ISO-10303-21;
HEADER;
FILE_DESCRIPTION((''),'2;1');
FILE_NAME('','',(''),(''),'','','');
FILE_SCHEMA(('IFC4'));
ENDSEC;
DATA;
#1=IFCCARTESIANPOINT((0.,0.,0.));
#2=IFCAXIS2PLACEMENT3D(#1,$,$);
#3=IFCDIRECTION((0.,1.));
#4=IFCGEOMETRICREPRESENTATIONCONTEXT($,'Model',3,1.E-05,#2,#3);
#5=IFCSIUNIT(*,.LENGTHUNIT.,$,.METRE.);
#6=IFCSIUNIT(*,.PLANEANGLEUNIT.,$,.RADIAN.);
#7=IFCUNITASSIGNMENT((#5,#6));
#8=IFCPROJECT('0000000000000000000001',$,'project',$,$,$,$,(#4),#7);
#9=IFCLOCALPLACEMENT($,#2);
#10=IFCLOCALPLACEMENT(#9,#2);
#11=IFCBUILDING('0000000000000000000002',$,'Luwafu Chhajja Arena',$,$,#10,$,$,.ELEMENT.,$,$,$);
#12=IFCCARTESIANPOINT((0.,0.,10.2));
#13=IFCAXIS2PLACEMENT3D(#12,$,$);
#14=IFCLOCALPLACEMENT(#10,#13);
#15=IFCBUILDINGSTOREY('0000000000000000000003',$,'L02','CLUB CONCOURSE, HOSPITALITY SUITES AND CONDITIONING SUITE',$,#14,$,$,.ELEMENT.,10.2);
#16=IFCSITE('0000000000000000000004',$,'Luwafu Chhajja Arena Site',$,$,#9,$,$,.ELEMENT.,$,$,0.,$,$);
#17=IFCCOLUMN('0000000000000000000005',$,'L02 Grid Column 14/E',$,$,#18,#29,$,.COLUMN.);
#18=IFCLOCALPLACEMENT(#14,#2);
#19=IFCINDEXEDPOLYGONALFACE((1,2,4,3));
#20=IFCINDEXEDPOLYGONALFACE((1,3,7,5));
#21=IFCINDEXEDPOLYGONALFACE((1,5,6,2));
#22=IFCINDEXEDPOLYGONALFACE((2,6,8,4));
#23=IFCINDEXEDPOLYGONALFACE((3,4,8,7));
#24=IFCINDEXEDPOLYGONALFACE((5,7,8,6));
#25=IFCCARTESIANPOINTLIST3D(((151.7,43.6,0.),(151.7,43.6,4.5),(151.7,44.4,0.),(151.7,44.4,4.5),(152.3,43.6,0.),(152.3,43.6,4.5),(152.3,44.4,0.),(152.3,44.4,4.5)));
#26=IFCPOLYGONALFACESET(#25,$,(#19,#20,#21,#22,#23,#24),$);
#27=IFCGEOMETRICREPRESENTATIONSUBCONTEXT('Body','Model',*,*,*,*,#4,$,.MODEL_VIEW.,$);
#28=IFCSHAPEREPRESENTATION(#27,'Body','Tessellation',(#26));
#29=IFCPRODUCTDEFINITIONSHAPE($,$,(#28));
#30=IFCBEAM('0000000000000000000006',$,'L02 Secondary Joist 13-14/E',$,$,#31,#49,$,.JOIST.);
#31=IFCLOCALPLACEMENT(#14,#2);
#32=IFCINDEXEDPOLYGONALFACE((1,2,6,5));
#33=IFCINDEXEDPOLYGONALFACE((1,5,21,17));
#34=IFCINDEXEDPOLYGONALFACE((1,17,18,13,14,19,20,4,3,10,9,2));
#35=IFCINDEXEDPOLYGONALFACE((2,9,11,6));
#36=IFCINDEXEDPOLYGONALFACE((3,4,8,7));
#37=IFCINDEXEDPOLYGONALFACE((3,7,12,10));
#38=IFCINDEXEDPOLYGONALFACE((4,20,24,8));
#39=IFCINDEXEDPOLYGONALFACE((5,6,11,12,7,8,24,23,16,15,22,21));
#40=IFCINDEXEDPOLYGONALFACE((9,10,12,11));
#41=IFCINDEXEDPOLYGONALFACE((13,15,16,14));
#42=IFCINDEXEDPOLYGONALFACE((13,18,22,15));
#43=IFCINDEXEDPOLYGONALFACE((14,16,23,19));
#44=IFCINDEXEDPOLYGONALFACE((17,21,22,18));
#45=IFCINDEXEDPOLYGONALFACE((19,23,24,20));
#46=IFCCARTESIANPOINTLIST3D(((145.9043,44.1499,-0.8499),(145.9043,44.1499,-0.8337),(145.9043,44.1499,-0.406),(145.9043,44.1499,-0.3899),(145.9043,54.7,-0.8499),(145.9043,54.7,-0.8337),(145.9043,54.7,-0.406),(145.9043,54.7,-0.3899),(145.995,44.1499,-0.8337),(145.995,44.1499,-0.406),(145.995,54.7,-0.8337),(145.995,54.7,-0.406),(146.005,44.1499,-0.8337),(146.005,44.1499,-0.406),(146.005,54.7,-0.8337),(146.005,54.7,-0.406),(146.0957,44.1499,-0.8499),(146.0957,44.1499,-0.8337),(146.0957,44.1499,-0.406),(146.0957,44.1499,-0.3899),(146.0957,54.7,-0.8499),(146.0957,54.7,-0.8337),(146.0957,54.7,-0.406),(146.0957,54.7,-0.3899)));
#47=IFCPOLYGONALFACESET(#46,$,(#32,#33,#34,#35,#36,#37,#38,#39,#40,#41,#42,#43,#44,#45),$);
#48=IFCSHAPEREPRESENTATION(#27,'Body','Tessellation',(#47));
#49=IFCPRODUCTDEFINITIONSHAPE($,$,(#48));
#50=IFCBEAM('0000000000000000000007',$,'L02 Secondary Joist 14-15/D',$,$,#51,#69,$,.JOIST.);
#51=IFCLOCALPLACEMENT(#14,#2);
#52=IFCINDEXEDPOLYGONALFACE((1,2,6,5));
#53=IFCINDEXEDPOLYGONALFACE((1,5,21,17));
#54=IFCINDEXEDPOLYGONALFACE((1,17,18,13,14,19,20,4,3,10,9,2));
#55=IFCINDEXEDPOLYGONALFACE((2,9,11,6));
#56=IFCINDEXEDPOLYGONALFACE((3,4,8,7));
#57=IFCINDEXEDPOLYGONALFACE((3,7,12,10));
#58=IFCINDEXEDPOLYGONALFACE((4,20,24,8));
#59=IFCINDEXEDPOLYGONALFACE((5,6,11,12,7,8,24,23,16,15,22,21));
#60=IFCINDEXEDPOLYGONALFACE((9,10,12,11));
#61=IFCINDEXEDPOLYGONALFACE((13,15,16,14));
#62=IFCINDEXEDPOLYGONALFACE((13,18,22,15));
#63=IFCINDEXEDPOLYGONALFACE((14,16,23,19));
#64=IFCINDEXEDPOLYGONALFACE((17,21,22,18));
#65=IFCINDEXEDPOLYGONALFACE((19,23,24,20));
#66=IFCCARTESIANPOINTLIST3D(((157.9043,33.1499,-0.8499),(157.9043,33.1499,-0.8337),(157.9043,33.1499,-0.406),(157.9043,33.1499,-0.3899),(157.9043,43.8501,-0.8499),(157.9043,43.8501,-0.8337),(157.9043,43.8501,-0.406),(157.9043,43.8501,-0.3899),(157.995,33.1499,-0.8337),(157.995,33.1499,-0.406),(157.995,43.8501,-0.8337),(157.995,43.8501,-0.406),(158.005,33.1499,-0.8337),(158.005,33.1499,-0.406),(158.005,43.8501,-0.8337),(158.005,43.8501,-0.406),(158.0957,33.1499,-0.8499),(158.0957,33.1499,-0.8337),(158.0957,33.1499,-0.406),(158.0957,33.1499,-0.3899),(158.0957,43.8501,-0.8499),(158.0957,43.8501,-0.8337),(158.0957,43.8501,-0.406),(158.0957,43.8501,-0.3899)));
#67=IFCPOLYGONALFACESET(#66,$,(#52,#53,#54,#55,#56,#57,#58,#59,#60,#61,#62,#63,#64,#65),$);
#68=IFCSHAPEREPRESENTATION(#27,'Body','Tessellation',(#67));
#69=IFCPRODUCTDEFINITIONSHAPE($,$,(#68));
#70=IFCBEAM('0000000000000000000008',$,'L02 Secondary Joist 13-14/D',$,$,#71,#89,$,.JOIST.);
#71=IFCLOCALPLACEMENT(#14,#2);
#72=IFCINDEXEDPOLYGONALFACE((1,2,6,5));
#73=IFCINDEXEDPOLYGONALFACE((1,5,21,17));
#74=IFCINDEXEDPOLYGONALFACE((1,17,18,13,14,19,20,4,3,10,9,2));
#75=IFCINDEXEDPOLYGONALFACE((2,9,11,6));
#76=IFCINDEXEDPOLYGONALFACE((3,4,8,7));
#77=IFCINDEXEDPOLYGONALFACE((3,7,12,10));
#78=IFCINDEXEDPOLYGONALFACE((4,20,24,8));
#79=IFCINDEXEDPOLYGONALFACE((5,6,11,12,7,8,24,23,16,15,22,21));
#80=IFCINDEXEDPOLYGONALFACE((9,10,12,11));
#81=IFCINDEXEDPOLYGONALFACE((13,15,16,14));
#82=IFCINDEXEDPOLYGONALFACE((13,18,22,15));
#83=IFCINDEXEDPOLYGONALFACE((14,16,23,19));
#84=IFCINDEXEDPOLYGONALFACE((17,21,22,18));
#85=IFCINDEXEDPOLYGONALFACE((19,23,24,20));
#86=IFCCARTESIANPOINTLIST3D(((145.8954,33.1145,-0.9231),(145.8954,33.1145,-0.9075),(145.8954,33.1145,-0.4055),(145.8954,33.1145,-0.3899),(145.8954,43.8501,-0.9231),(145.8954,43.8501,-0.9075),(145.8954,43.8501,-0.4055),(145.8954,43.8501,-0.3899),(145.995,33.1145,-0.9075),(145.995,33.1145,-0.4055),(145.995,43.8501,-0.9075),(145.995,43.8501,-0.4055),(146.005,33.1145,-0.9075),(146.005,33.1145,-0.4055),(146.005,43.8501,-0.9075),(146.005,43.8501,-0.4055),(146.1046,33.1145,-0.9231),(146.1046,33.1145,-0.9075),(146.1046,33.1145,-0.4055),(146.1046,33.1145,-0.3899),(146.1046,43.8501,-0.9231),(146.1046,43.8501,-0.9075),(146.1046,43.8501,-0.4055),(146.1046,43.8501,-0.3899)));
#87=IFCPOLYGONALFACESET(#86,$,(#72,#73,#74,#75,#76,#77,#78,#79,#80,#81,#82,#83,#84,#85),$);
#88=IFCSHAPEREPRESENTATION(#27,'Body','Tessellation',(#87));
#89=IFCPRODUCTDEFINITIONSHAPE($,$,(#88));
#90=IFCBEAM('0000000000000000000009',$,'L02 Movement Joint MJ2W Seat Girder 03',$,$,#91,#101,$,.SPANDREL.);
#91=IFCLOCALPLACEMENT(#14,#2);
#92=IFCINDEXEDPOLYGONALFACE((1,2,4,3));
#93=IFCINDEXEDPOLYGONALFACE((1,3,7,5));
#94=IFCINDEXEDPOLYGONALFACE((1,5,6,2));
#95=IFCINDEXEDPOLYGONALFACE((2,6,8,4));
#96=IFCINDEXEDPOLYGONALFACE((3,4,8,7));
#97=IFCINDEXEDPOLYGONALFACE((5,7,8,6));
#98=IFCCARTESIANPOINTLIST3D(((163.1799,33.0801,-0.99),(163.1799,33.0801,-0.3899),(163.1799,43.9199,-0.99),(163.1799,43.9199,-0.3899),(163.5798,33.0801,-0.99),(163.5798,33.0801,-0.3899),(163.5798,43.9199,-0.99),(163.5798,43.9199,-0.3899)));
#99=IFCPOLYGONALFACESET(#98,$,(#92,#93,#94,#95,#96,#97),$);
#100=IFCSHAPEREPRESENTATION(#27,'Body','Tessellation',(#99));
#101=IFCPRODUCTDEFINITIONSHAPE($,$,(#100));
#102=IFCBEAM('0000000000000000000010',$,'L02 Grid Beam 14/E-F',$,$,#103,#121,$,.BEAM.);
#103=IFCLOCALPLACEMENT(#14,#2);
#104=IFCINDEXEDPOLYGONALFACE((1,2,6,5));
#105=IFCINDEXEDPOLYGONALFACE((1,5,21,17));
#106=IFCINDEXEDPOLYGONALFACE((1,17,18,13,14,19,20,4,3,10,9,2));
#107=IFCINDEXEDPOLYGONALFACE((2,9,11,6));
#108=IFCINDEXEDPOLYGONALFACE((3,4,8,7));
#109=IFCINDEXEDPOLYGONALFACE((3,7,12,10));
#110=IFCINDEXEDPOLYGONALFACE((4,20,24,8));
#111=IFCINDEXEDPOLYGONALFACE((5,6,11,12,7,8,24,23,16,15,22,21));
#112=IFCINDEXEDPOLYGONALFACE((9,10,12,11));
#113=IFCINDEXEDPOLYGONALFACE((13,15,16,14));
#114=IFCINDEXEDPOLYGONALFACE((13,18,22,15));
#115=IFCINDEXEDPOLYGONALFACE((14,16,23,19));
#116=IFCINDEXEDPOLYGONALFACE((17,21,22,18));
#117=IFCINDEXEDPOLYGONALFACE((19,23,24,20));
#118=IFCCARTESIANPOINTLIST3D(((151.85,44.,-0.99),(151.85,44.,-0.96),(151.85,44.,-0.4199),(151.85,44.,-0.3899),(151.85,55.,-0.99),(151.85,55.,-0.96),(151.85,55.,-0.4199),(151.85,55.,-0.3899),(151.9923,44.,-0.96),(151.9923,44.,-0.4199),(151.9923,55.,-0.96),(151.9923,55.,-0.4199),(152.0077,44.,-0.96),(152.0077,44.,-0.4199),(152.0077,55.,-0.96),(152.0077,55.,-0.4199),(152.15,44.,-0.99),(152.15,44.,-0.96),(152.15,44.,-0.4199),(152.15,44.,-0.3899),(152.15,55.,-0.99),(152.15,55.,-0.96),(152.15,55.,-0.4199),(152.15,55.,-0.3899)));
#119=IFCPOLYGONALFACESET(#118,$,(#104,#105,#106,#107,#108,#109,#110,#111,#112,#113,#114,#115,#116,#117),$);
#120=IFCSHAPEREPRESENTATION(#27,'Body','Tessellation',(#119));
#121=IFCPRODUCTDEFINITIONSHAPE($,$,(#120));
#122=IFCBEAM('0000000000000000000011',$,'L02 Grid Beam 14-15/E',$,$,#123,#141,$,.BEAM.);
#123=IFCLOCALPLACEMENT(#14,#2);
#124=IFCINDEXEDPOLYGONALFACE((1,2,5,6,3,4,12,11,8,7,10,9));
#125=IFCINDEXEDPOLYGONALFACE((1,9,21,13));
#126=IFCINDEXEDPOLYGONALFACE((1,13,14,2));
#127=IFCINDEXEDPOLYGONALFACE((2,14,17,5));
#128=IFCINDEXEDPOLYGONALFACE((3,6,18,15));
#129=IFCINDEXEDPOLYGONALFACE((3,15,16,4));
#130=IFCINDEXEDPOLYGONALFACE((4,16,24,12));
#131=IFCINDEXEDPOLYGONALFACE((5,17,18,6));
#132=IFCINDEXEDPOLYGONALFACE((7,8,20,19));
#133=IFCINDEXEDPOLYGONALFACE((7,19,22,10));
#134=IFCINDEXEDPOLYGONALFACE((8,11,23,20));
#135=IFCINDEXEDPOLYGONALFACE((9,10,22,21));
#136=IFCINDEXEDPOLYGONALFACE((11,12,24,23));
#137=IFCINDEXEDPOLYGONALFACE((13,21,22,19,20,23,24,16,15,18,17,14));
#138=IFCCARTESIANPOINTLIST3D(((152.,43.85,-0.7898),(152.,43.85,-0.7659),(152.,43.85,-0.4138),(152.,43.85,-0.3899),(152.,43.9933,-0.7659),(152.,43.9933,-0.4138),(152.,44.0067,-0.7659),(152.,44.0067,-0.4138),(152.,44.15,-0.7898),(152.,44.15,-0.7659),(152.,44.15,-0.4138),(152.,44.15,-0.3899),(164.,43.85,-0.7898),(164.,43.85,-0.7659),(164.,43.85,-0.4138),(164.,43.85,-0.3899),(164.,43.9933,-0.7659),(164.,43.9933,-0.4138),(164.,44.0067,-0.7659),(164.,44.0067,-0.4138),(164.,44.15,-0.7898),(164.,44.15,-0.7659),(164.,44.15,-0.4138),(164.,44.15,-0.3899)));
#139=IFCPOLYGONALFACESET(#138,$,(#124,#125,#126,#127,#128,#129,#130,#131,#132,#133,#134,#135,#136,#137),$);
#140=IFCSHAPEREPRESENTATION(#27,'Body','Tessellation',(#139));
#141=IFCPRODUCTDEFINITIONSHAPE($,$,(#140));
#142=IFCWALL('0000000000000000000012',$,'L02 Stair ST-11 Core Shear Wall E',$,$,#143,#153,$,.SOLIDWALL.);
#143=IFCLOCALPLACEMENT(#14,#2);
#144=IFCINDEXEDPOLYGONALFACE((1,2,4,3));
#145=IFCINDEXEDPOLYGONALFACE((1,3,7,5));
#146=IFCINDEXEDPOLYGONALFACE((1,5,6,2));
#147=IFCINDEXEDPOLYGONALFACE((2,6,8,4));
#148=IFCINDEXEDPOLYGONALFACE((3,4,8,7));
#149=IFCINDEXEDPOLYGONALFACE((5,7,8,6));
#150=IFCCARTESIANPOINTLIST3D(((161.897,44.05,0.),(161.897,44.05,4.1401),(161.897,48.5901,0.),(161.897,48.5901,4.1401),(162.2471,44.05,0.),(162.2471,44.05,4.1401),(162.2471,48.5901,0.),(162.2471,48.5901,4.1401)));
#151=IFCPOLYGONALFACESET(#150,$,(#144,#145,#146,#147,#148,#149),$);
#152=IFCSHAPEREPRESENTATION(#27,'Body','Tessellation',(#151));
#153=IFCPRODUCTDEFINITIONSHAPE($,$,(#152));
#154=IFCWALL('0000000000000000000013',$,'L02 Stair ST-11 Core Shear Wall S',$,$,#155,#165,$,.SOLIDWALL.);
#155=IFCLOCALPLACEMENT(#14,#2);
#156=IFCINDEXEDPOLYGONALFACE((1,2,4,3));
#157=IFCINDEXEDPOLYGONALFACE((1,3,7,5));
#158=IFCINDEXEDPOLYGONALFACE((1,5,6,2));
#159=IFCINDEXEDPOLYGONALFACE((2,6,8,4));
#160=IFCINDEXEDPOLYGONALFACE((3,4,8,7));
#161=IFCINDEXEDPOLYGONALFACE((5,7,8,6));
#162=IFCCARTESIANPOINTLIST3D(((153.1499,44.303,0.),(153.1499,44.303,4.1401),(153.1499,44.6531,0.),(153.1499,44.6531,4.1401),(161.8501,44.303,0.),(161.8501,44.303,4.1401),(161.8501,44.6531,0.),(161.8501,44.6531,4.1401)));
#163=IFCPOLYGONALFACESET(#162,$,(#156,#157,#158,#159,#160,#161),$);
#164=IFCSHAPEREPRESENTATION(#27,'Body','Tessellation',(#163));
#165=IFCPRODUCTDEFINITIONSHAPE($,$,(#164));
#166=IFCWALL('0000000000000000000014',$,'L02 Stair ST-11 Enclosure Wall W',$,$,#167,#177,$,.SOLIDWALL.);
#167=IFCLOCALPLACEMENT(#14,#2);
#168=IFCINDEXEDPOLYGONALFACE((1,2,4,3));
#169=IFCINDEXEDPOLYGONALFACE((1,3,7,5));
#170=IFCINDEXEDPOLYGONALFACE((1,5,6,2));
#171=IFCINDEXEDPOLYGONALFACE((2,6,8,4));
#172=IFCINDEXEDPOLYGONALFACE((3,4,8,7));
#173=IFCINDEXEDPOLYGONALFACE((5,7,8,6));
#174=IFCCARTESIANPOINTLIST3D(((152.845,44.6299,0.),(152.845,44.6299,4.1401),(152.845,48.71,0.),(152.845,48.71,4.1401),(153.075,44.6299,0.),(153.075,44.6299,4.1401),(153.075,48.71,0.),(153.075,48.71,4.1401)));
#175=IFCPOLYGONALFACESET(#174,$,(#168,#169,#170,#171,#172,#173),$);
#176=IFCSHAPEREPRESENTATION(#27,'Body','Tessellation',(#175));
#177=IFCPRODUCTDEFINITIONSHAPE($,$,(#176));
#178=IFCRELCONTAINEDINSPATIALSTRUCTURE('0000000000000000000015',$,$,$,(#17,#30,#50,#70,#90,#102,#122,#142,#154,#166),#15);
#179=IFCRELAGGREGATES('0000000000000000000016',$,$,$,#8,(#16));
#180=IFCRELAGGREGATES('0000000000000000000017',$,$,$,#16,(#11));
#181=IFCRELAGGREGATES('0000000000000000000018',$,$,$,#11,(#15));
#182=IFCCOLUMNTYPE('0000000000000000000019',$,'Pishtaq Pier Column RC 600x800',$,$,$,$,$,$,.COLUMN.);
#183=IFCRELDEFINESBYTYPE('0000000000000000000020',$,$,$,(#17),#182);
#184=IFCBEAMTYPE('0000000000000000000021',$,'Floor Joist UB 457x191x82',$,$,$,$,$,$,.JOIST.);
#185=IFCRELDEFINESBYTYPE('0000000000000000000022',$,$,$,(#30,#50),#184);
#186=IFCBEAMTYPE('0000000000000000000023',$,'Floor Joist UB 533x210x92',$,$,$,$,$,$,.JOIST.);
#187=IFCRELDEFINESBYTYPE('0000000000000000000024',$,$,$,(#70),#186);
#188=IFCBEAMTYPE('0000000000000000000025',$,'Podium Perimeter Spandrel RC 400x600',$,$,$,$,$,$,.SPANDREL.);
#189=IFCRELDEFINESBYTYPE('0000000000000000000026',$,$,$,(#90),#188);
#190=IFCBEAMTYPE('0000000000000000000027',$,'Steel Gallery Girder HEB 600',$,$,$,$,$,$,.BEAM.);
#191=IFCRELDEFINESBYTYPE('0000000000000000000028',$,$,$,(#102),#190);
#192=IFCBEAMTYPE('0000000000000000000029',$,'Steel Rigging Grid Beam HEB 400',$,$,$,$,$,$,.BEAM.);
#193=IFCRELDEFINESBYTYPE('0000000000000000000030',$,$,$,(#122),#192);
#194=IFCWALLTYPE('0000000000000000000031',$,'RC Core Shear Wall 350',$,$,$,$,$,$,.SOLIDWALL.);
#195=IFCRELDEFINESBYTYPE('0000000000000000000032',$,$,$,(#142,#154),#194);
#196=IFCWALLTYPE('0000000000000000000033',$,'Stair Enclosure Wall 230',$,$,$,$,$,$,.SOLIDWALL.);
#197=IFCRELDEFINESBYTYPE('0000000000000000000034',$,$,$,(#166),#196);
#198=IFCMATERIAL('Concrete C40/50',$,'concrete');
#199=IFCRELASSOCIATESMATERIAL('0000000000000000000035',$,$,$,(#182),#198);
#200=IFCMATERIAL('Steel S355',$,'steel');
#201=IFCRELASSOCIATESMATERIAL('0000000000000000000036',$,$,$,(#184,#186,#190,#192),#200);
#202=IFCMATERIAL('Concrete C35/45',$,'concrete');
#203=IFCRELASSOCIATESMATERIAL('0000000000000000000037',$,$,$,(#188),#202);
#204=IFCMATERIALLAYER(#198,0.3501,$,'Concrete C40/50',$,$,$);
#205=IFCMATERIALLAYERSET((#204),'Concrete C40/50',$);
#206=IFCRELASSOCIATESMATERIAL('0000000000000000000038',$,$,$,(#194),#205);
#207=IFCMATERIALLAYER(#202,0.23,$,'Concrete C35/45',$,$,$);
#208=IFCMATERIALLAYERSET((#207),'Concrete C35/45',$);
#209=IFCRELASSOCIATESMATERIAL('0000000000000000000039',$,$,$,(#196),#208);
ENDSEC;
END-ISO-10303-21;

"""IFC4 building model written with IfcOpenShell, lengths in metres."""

from ifc_helpers import new_model, si_unit, direction, frame, frame_2d, origin, origin_2d, place, context, subcontext, project, spatial, rectangle, i_section, extrude, material, layer, layer_set, material_profile, profile_set, type_object, element, save


model = new_model("IFC4")

# Units and contexts
model_context = context("Model", 3, precision=1e-05, world=origin(), true_north=direction((0.0, 1.0)))
body_context = subcontext(model_context, "Body", "Model", "MODEL_VIEW")
ifc_project = project(units=[si_unit("LENGTHUNIT", "METRE"), si_unit("PLANEANGLEUNIT", "RADIAN")], contexts=[model_context])

# Site, building, storey
site_placement = place(None, origin())
site = spatial("IfcSite", under=ifc_project, at=site_placement, Name="Luwafu Chhajja Arena Site", CompositionType="ELEMENT", RefElevation=0.0)
building_placement = place(site_placement, origin())
building = spatial("IfcBuilding", under=site, at=building_placement, Name="Luwafu Chhajja Arena", CompositionType="ELEMENT")
storey_placement = place(building_placement, frame((0.0, 0.0, 10.2)))
storey = spatial("IfcBuildingStorey", under=building, at=storey_placement, Name="L02", Description="CLUB CONCOURSE, HOSPITALITY SUITES AND CONDITIONING SUITE", CompositionType="ELEMENT", Elevation=10.2)

# Column
ifc_material_1 = material(Name="Concrete C40/50", Category="concrete")
ifc_material_profile_1 = material_profile(ifc_material_1, rectangle(XDim=0.6001, YDim=0.8, at=origin_2d()), Name="RC 600x800")
ifc_profile_set_1 = profile_set([ifc_material_profile_1], Name="Concrete C40/50")
column_type = type_object("IfcColumnType", Name="Pishtaq Pier Column RC 600x800", PredefinedType="COLUMN", material=ifc_profile_set_1)
column_placement = place(storey_placement, frame((152.0, 44.0, 0.0), z_axis=(0.0, 0.0, 1.0), x_axis=(1.0, 0.0, 0.0)))
element("IfcColumn", 1, at=column_placement, inside=storey, type_object=column_type, Name="L02 Grid Column 14/E", PredefinedType="COLUMN", context=body_context, shape_type="SweptSolid", body=[
    extrude(rectangle(XDim=0.6001, YDim=0.8, at=origin_2d()), origin(), (0.0, 0.0, 1.0), 4.5),
])

# Beams
ifc_material_2 = material(Name="Steel S355", Category="steel")
ifc_material_profile_2 = material_profile(ifc_material_2, i_section(OverallWidth=0.1914, OverallDepth=0.46, WebThickness=0.01, FlangeThickness=0.0161, at=origin_2d()), Name="UB 457x191x82")
ifc_profile_set_2 = profile_set([ifc_material_profile_2], Name="Steel S355")
beam_type_1 = type_object("IfcBeamType", Name="Floor Joist UB 457x191x82", PredefinedType="JOIST", material=ifc_profile_set_2)
beam_1_placement = place(storey_placement, frame((146.0, 44.1499, -0.6199), z_axis=(0.0, 1.0, 0.0), x_axis=(-1.0, 0.0, 0.0)))
element("IfcBeam", 2, at=beam_1_placement, inside=storey, type_object=beam_type_1, Name="L02 Secondary Joist 13-14/E", PredefinedType="JOIST", context=body_context, shape_type="SweptSolid", body=[
    extrude(i_section(OverallWidth=0.1914, OverallDepth=0.46, WebThickness=0.01, FlangeThickness=0.0161, at=origin_2d()), origin(), (0.0, 0.0, 1.0), 10.55),
])
beam_2_placement = place(storey_placement, frame((158.0, 33.1499, -0.6199), z_axis=(0.0, 1.0, 0.0), x_axis=(-1.0, 0.0, 0.0)))
element("IfcBeam", 3, at=beam_2_placement, inside=storey, type_object=beam_type_1, Name="L02 Secondary Joist 14-15/D", PredefinedType="JOIST", context=body_context, shape_type="SweptSolid", body=[
    extrude(i_section(OverallWidth=0.1914, OverallDepth=0.46, WebThickness=0.01, FlangeThickness=0.0161, at=origin_2d()), origin(), (0.0, 0.0, 1.0), 10.7002),
])
ifc_material_profile_3 = material_profile(ifc_material_2, i_section(OverallWidth=0.2092, OverallDepth=0.5332, WebThickness=0.01, FlangeThickness=0.0156, at=origin_2d()), Name="UB 533x210x92")
ifc_profile_set_3 = profile_set([ifc_material_profile_3], Name="Steel S355")
beam_type_2 = type_object("IfcBeamType", Name="Floor Joist UB 533x210x92", PredefinedType="JOIST", material=ifc_profile_set_3)
beam_3_placement = place(storey_placement, frame((146.0, 33.1145, -0.6565), z_axis=(0.0, 1.0, 0.0), x_axis=(-1.0, 0.0, 0.0)))
element("IfcBeam", 4, at=beam_3_placement, inside=storey, type_object=beam_type_2, Name="L02 Secondary Joist 13-14/D", PredefinedType="JOIST", context=body_context, shape_type="SweptSolid", body=[
    extrude(i_section(OverallWidth=0.2092, OverallDepth=0.5332, WebThickness=0.01, FlangeThickness=0.0156, at=origin_2d()), origin(), (0.0, 0.0, 1.0), 10.7356),
])
ifc_material_3 = material(Name="Concrete C35/45", Category="concrete")
ifc_material_profile_4 = material_profile(ifc_material_3, rectangle(XDim=0.3999, YDim=0.6001, at=origin_2d()), Name="RC 400x600")
ifc_profile_set_4 = profile_set([ifc_material_profile_4], Name="Concrete C35/45")
beam_type_3 = type_object("IfcBeamType", Name="Podium Perimeter Spandrel RC 400x600", PredefinedType="SPANDREL", material=ifc_profile_set_4)
beam_4_placement = place(storey_placement, frame((163.3799, 33.0801, -0.6899), z_axis=(0.0, 1.0, 0.0), x_axis=(-1.0, 0.0, 0.0)))
element("IfcBeam", 5, at=beam_4_placement, inside=storey, type_object=beam_type_3, Name="L02 Movement Joint MJ2W Seat Girder 03", PredefinedType="SPANDREL", context=body_context, shape_type="SweptSolid", body=[
    extrude(rectangle(XDim=0.3999, YDim=0.6001, at=origin_2d()), origin(), (0.0, 0.0, 1.0), 10.8398),
])
ifc_material_profile_5 = material_profile(ifc_material_2, i_section(OverallWidth=0.3, OverallDepth=0.6001, WebThickness=0.0154, FlangeThickness=0.03, at=origin_2d()), Name="HEB 600")
ifc_profile_set_5 = profile_set([ifc_material_profile_5], Name="Steel S355")
beam_type_4 = type_object("IfcBeamType", Name="Steel Gallery Girder HEB 600", PredefinedType="BEAM", material=ifc_profile_set_5)
beam_5_placement = place(storey_placement, frame((152.0, 44.0, -0.6899), z_axis=(0.0, 1.0, 0.0), x_axis=(-1.0, 0.0, 0.0)))
element("IfcBeam", 6, at=beam_5_placement, inside=storey, type_object=beam_type_4, Name="L02 Grid Beam 14/E-F", PredefinedType="BEAM", context=body_context, shape_type="SweptSolid", body=[
    extrude(i_section(OverallWidth=0.3, OverallDepth=0.6001, WebThickness=0.0154, FlangeThickness=0.03, at=origin_2d()), origin(), (0.0, 0.0, 1.0), 11.0),
])
ifc_material_profile_6 = material_profile(ifc_material_2, i_section(OverallWidth=0.3, OverallDepth=0.3999, WebThickness=0.0134, FlangeThickness=0.0239, at=origin_2d()), Name="HEB 400")
ifc_profile_set_6 = profile_set([ifc_material_profile_6], Name="Steel S355")
beam_type_5 = type_object("IfcBeamType", Name="Steel Rigging Grid Beam HEB 400", PredefinedType="BEAM", material=ifc_profile_set_6)
beam_6_placement = place(storey_placement, frame((152.0, 44.0, -0.5898), z_axis=(1.0, 0.0, 0.0), x_axis=(0.0, 1.0, 0.0)))
element("IfcBeam", 7, at=beam_6_placement, inside=storey, type_object=beam_type_5, Name="L02 Grid Beam 14-15/E", PredefinedType="BEAM", context=body_context, shape_type="SweptSolid", body=[
    extrude(i_section(OverallWidth=0.3, OverallDepth=0.3999, WebThickness=0.0134, FlangeThickness=0.0239, at=origin_2d()), origin(), (0.0, 0.0, 1.0), 12.0),
])

# Walls
ifc_layer_1 = layer(ifc_material_1, 0.3501, Name="Concrete C40/50")
ifc_layer_set_1 = layer_set([ifc_layer_1], Name="Concrete C40/50")
wall_type_1 = type_object("IfcWallType", Name="RC Core Shear Wall 350", PredefinedType="SOLIDWALL", material=ifc_layer_set_1)
wall_1_placement = place(storey_placement, frame((162.072, 44.05, 0.0), z_axis=(0.0, 0.0, 1.0), x_axis=(0.0, 1.0, 0.0)))
element("IfcWall", 8, at=wall_1_placement, inside=storey, type_object=wall_type_1, Name="L02 Stair ST-11 Core Shear Wall E", PredefinedType="SOLIDWALL", context=body_context, shape_type="SweptSolid", body=[
    extrude(rectangle(XDim=4.54, YDim=0.3501, at=frame_2d((2.27, 0.0))), origin(), (0.0, 0.0, 1.0), 4.1401),
])
wall_2_placement = place(storey_placement, frame((153.1499, 44.478, 0.0), z_axis=(0.0, 0.0, 1.0), x_axis=(1.0, 0.0, 0.0)))
element("IfcWall", 9, at=wall_2_placement, inside=storey, type_object=wall_type_1, Name="L02 Stair ST-11 Core Shear Wall S", PredefinedType="SOLIDWALL", context=body_context, shape_type="SweptSolid", body=[
    extrude(rectangle(XDim=8.7002, YDim=0.3501, at=frame_2d((4.3501, 0.0))), origin(), (0.0, 0.0, 1.0), 4.1401),
])
ifc_layer_2 = layer(ifc_material_3, 0.23, Name="Concrete C35/45")
ifc_layer_set_2 = layer_set([ifc_layer_2], Name="Concrete C35/45")
wall_type_2 = type_object("IfcWallType", Name="Stair Enclosure Wall 230", PredefinedType="SOLIDWALL", material=ifc_layer_set_2)
wall_3_placement = place(storey_placement, frame((152.96, 44.6299, 0.0), z_axis=(0.0, 0.0, 1.0), x_axis=(0.0, 1.0, 0.0)))
element("IfcWall", 10, at=wall_3_placement, inside=storey, type_object=wall_type_2, Name="L02 Stair ST-11 Enclosure Wall W", PredefinedType="SOLIDWALL", context=body_context, shape_type="SweptSolid", body=[
    extrude(rectangle(XDim=4.0801, YDim=0.23, at=frame_2d((2.04, 0.0))), origin(), (0.0, 0.0, 1.0), 4.1401),
])

save(model, "model.ifc")
